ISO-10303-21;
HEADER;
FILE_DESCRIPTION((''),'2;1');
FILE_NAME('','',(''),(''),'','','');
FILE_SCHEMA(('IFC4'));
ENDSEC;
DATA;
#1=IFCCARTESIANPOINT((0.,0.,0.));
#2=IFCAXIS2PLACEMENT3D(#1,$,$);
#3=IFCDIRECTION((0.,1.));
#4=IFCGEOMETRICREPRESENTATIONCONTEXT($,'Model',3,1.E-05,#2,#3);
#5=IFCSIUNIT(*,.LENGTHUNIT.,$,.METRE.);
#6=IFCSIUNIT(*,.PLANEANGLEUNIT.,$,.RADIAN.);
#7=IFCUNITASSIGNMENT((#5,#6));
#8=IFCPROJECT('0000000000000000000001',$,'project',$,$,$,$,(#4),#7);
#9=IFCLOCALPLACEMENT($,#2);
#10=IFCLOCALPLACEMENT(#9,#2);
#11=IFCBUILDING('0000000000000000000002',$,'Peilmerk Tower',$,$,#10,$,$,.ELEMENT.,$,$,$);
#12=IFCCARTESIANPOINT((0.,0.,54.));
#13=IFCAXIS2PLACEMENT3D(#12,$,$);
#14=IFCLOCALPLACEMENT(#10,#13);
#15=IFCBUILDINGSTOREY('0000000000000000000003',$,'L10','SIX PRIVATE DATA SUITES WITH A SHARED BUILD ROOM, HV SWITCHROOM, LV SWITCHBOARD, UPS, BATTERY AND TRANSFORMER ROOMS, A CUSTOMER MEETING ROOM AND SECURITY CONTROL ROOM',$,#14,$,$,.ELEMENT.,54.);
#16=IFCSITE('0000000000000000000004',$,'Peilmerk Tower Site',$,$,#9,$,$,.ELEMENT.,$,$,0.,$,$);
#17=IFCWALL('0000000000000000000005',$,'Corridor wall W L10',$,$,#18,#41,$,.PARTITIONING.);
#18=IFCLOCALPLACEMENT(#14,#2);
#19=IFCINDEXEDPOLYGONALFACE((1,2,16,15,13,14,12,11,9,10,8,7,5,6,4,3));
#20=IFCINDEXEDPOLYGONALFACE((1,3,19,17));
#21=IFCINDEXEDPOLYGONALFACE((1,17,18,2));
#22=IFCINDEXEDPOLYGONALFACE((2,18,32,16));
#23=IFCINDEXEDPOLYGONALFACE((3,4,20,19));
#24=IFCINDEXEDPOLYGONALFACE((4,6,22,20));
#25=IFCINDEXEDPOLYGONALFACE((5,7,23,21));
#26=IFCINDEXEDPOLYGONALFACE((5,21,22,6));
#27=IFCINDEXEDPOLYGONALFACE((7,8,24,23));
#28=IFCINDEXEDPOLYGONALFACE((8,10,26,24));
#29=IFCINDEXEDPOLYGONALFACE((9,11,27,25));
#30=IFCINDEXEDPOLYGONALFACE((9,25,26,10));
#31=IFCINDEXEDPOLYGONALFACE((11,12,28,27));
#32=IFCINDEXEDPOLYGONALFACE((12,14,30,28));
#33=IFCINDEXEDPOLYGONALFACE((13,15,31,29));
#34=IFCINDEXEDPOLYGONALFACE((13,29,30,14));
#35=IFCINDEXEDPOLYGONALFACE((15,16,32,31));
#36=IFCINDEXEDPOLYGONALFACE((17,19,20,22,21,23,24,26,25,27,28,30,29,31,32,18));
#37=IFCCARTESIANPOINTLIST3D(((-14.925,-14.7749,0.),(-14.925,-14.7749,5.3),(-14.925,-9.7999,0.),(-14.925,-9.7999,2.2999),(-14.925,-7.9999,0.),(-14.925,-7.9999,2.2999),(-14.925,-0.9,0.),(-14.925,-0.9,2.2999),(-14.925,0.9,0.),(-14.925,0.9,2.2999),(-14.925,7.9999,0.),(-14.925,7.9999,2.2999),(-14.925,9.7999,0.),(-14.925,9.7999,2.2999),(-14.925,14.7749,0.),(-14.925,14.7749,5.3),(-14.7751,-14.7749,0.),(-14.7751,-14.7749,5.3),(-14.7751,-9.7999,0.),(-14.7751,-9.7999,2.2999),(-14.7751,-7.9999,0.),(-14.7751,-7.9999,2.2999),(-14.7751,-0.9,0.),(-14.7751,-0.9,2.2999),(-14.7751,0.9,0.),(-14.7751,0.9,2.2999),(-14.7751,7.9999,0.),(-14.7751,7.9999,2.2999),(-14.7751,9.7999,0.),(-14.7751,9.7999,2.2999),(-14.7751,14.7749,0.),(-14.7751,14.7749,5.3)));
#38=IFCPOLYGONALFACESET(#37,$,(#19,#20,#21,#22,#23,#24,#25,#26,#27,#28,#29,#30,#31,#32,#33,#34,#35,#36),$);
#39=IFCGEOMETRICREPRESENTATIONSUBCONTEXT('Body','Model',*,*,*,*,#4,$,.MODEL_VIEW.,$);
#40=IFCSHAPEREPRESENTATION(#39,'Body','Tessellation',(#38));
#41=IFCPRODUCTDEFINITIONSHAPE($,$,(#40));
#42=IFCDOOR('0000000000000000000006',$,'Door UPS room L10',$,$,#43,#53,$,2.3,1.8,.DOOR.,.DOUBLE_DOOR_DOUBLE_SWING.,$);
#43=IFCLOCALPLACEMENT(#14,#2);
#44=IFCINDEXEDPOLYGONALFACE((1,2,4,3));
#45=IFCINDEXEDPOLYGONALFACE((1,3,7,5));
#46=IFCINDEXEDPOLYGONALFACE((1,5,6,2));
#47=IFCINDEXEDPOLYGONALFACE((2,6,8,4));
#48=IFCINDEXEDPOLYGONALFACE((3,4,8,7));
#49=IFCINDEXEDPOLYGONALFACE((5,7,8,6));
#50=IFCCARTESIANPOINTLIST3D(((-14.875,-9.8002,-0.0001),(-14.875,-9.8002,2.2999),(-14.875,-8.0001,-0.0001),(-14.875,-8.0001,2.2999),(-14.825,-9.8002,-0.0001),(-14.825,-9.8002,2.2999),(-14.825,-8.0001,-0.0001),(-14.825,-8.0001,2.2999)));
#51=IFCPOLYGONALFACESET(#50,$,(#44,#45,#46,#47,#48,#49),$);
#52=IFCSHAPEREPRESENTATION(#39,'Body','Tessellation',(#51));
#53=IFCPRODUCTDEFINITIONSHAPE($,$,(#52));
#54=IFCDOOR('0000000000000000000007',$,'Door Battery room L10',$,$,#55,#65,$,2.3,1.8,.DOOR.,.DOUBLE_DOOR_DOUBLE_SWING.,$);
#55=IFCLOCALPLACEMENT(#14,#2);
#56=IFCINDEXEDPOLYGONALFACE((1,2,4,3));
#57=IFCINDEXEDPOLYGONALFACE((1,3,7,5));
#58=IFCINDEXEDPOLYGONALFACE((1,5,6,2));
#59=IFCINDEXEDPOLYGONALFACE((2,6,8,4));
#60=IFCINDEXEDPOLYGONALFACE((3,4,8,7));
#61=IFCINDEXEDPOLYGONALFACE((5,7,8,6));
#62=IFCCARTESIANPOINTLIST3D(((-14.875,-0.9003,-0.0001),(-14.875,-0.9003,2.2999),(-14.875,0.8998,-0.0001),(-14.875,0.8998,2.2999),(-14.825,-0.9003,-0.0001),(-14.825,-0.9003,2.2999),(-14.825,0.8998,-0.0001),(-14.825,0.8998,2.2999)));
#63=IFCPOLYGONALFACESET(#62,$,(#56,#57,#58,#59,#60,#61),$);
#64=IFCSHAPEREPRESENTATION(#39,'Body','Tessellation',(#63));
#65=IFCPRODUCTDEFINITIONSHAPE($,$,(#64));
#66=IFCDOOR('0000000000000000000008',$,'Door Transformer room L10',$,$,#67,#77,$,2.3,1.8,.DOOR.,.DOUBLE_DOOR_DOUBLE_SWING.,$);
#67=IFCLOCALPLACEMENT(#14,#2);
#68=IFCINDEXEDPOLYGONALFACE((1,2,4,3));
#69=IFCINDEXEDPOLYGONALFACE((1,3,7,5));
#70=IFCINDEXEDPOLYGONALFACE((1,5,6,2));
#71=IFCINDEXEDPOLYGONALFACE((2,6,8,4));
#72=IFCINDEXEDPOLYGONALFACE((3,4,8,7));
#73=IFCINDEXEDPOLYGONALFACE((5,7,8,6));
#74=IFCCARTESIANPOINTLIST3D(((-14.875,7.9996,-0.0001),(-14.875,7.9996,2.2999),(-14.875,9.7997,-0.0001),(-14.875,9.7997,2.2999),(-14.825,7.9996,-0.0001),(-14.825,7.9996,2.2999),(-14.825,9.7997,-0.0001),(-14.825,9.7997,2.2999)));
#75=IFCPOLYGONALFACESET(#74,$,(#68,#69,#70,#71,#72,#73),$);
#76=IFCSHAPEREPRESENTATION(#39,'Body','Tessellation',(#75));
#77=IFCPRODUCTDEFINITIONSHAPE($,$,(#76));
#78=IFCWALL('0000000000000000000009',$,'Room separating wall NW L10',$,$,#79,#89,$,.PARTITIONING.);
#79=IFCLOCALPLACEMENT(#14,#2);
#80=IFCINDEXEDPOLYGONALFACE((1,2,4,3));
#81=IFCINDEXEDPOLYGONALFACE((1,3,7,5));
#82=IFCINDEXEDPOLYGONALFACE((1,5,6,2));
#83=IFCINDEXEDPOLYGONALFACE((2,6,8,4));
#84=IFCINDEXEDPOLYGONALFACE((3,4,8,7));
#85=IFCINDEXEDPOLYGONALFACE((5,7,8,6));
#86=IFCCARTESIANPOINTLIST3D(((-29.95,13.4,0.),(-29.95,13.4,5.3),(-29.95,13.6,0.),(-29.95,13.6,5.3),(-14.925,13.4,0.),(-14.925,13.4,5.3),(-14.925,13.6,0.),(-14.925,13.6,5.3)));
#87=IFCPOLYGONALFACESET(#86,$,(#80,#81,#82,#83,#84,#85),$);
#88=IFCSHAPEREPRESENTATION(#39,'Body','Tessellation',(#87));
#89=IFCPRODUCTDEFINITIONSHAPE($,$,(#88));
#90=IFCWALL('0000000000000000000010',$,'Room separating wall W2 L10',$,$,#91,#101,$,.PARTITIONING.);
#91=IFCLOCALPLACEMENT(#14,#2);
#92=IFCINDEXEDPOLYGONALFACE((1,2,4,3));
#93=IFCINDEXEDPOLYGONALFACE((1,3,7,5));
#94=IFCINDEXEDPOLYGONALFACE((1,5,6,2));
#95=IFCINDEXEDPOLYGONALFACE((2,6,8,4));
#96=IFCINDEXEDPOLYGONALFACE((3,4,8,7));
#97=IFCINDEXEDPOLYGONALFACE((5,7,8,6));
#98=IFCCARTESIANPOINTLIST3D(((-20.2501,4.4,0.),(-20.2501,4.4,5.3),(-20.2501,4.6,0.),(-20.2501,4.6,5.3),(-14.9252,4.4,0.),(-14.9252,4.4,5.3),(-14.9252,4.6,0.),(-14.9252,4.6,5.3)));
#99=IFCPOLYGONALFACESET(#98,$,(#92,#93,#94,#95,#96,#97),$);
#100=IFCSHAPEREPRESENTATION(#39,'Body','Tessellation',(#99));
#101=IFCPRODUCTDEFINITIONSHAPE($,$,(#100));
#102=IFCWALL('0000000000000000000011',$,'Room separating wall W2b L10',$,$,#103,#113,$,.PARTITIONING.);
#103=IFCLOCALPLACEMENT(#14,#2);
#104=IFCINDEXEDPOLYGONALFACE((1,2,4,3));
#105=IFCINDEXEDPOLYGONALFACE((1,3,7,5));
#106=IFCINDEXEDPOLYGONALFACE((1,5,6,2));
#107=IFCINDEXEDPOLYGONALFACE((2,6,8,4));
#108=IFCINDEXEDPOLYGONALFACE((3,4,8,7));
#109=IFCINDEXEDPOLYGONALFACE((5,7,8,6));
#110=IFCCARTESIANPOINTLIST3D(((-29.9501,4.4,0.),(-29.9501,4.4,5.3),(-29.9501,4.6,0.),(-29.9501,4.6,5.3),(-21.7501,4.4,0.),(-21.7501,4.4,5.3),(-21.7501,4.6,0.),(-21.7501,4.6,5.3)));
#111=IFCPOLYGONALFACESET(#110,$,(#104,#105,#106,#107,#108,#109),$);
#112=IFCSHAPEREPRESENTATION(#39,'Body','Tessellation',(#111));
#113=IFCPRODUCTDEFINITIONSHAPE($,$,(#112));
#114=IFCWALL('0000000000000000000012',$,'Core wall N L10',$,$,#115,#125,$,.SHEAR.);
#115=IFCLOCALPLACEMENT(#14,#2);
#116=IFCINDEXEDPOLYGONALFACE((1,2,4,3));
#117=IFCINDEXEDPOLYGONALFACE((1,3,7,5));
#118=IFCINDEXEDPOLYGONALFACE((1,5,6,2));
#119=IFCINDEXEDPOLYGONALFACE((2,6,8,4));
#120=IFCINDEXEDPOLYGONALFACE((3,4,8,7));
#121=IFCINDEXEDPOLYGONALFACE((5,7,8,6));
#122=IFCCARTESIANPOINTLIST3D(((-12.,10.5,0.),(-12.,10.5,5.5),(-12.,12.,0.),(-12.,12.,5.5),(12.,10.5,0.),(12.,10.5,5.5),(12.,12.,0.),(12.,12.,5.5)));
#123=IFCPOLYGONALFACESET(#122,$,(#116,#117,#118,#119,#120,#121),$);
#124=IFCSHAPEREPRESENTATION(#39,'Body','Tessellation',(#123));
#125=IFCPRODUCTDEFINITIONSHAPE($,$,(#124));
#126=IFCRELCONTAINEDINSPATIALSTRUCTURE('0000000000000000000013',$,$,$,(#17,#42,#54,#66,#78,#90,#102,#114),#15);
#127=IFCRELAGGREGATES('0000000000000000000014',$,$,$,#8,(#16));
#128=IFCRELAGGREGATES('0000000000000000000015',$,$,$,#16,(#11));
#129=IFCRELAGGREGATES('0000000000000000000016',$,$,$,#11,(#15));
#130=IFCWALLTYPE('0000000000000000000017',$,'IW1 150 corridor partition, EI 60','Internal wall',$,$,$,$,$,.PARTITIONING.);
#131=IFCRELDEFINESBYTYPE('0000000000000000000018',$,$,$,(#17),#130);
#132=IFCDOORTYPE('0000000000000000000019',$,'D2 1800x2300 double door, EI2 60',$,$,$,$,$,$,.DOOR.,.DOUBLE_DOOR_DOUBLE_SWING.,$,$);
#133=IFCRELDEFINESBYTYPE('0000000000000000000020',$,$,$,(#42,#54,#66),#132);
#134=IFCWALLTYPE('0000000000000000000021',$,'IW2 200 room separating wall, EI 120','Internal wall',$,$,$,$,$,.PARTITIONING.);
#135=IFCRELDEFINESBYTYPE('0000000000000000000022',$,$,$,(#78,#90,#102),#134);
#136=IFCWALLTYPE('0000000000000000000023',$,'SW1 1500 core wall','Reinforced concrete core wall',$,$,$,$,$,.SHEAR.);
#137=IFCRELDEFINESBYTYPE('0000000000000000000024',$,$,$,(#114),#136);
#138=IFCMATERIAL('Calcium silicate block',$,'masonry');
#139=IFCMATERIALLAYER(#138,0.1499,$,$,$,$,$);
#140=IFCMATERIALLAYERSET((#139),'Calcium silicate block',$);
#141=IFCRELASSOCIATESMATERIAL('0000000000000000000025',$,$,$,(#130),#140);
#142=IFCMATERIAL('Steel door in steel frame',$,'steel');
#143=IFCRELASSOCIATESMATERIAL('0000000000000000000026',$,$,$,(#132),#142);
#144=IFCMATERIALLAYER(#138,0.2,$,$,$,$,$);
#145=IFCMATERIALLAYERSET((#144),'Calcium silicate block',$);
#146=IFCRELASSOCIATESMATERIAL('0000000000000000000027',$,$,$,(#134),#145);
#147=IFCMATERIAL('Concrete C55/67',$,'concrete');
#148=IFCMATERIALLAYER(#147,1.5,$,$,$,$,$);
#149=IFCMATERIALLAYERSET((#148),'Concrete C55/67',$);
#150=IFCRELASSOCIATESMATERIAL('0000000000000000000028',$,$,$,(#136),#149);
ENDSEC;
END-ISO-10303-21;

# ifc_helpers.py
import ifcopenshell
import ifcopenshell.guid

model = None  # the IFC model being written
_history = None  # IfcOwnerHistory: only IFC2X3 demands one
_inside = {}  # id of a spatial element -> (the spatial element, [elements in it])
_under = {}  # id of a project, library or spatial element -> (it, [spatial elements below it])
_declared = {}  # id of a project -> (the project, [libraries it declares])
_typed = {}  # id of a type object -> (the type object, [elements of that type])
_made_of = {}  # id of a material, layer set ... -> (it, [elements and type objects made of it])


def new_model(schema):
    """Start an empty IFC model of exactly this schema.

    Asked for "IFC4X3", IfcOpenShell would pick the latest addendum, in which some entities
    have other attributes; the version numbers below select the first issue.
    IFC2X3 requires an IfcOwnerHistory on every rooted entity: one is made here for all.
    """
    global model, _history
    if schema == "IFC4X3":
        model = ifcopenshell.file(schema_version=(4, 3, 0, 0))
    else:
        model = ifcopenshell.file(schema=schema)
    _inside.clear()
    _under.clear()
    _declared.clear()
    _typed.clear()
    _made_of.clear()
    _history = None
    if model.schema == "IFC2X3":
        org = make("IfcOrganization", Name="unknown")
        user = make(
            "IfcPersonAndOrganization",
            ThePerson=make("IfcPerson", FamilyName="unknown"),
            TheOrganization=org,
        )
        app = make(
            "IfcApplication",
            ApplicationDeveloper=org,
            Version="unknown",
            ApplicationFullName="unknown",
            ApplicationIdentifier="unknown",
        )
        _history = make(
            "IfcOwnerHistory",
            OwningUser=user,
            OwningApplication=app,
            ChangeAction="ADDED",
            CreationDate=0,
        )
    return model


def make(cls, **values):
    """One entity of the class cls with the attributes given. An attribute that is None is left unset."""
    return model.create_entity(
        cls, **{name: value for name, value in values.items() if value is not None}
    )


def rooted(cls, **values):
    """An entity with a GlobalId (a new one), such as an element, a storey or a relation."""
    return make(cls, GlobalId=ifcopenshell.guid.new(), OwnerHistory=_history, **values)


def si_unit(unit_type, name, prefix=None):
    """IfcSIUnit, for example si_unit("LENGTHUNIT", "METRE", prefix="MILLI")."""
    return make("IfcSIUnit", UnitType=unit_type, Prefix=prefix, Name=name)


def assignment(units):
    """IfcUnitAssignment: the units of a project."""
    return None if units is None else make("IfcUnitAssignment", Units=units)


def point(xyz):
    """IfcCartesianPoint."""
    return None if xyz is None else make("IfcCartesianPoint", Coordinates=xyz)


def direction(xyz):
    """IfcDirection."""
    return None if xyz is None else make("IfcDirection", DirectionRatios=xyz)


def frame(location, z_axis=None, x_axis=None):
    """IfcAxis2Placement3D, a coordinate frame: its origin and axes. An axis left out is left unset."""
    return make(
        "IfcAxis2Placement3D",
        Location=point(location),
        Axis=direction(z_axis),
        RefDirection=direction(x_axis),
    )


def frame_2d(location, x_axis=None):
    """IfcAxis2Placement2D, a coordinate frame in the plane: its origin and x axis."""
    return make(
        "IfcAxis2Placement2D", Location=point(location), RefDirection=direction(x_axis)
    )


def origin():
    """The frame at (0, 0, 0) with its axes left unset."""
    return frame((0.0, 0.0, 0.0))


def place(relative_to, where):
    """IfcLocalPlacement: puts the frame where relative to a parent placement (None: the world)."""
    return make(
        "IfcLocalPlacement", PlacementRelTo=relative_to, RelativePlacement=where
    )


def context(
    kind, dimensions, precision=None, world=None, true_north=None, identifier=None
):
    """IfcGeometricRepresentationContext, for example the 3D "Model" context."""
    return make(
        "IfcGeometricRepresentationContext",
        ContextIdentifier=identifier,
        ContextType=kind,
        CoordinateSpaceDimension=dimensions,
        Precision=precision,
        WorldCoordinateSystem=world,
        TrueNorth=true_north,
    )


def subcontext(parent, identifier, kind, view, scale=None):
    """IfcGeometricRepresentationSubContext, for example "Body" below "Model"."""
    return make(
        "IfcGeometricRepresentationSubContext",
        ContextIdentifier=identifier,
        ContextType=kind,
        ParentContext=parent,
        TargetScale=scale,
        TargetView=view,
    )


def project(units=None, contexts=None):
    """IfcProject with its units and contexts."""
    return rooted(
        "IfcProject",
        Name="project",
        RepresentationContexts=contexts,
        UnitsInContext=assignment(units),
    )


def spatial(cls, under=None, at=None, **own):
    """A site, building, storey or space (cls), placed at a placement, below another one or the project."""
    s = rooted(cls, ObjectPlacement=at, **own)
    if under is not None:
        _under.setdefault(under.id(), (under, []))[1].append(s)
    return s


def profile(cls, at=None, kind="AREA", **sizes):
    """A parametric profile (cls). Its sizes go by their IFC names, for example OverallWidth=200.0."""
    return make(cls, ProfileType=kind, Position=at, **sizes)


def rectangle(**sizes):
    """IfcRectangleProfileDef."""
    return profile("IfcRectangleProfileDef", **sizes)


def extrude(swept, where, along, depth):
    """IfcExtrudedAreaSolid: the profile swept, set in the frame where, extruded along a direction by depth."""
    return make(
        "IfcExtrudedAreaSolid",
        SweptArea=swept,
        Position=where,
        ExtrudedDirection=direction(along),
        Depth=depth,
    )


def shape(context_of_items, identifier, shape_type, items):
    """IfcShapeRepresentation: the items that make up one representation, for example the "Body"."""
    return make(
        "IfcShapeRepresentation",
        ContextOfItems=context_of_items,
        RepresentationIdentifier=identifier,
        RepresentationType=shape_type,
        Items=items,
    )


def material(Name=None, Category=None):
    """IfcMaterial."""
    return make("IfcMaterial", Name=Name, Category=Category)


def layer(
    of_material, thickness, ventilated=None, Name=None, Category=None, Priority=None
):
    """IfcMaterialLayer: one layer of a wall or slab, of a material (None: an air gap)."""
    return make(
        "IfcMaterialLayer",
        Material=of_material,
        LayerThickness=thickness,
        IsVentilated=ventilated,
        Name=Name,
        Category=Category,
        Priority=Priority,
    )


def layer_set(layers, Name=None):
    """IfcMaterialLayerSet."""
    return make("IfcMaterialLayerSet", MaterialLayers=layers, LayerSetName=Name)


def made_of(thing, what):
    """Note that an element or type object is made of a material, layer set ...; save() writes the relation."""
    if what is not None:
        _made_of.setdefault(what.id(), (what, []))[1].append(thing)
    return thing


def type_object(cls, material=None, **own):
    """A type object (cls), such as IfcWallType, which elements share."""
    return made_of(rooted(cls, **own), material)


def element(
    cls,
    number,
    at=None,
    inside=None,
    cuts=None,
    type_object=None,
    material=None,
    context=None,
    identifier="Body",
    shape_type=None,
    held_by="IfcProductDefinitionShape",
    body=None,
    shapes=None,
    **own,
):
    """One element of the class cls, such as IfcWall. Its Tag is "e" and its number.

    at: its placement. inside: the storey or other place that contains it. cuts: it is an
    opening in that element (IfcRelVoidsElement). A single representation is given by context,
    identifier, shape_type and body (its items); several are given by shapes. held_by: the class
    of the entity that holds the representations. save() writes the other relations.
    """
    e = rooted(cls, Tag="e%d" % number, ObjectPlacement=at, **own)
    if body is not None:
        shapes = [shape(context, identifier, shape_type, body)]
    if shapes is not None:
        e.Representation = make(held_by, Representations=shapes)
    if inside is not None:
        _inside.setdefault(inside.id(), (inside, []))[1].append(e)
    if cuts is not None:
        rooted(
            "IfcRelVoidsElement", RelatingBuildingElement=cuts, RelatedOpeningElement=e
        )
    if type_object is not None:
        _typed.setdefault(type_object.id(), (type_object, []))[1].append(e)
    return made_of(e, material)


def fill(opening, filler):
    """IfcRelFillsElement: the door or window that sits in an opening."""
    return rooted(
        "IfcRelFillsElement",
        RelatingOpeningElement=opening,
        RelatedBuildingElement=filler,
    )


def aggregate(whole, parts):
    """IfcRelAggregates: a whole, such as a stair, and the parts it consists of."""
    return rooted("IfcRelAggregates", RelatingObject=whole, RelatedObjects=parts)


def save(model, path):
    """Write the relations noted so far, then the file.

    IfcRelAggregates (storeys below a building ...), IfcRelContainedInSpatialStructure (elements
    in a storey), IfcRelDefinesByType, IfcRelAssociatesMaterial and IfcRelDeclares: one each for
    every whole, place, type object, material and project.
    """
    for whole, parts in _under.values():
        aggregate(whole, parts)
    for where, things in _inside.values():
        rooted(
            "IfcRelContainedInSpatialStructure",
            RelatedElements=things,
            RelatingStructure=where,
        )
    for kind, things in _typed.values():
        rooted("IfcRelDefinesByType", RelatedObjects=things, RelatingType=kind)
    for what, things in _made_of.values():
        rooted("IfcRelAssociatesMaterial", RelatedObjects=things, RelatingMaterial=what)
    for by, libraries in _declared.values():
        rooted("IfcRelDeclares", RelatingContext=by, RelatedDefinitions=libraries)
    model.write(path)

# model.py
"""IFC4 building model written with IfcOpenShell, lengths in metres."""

from ifc_helpers import new_model, si_unit, direction, frame, frame_2d, origin, place, context, subcontext, project, spatial, rectangle, extrude, material, layer, layer_set, type_object, element, fill, save


model = new_model("IFC4")

# Units and contexts
model_context = context("Model", 3, precision=1e-05, world=origin(), true_north=direction((0.0, 1.0)))
body_context = subcontext(model_context, "Body", "Model", "MODEL_VIEW")
ifc_project = project(units=[si_unit("LENGTHUNIT", "METRE"), si_unit("PLANEANGLEUNIT", "RADIAN")], contexts=[model_context])

# Site, building, storey
site_placement = place(None, origin())
site = spatial("IfcSite", under=ifc_project, at=site_placement, Name="Peilmerk Tower Site", CompositionType="ELEMENT", RefElevation=0.0)
building_placement = place(site_placement, origin())
building = spatial("IfcBuilding", under=site, at=building_placement, Name="Peilmerk Tower", CompositionType="ELEMENT")
storey_placement = place(building_placement, frame((0.0, 0.0, 54.0)))
storey = spatial("IfcBuildingStorey", under=building, at=storey_placement, Name="L10", Description="SIX PRIVATE DATA SUITES WITH A SHARED BUILD ROOM, HV SWITCHROOM, LV SWITCHBOARD, UPS, BATTERY AND TRANSFORMER ROOMS, A CUSTOMER MEETING ROOM AND SECURITY CONTROL ROOM", CompositionType="ELEMENT", Elevation=54.0)

# Wall, openings, doors
ifc_material_1 = material(Name="Calcium silicate block", Category="masonry")
ifc_layer_1 = layer(ifc_material_1, 0.1499)
ifc_layer_set_1 = layer_set([ifc_layer_1], Name="Calcium silicate block")
wall_type_1 = type_object("IfcWallType", Name="IW1 150 corridor partition, EI 60", Description="Internal wall", PredefinedType="PARTITIONING", material=ifc_layer_set_1)
ifc_material_2 = material(Name="Steel door in steel frame", Category="steel")
door_type_1 = type_object("IfcDoorType", Name="D2 1800x2300 double door, EI2 60", OperationType="DOUBLE_DOOR_DOUBLE_SWING", PredefinedType="DOOR", material=ifc_material_2)
wall_1_placement = place(storey_placement, frame((-14.8501, 14.7749, 0.0), z_axis=(0.0, 0.0, 1.0), x_axis=(0.0, -1.0, 0.0)))
wall_1 = element("IfcWall", 1, at=wall_1_placement, inside=storey, type_object=wall_type_1, Name="Corridor wall W L10", PredefinedType="PARTITIONING", context=body_context, shape_type="SweptSolid", body=[
    extrude(rectangle(XDim=29.5498, YDim=0.1499, at=frame_2d((14.7749, 0.0))), origin(), (0.0, 0.0, 1.0), 5.3),
])
opening_1_placement = place(wall_1_placement, frame((22.7749, 0.0, 0.0)))
opening_1 = element("IfcOpeningElement", 2, at=opening_1_placement, cuts=wall_1, PredefinedType="OPENING", context=body_context, shape_type="SweptSolid", body=[
    extrude(rectangle(XDim=1.8, YDim=2.3, at=frame_2d((0.8999, 1.1499))), frame((0.0, 0.085, 0.0), z_axis=(0.0, -1.0, 0.0), x_axis=(1.0, 0.0, 0.0)), (0.0, 0.0, 1.0), 0.1699),
])
opening_2_placement = place(wall_1_placement, frame((13.875, 0.0, 0.0)))
opening_2 = element("IfcOpeningElement", 3, at=opening_2_placement, cuts=wall_1, PredefinedType="OPENING", context=body_context, shape_type="SweptSolid", body=[
    extrude(rectangle(XDim=1.8, YDim=2.3, at=frame_2d((0.8999, 1.1499))), frame((0.0, 0.085, 0.0), z_axis=(0.0, -1.0, 0.0), x_axis=(1.0, 0.0, 0.0)), (0.0, 0.0, 1.0), 0.1699),
])
opening_3_placement = place(wall_1_placement, frame((4.9751, 0.0, 0.0)))
opening_3 = element("IfcOpeningElement", 4, at=opening_3_placement, cuts=wall_1, PredefinedType="OPENING", context=body_context, shape_type="SweptSolid", body=[
    extrude(rectangle(XDim=1.8, YDim=2.3, at=frame_2d((0.8999, 1.1499))), frame((0.0, 0.085, 0.0), z_axis=(0.0, -1.0, 0.0), x_axis=(1.0, 0.0, 0.0)), (0.0, 0.0, 1.0), 0.1699),
])
door_1_placement = place(opening_1_placement, frame((1.8, 0.0, 0.0), z_axis=(0.0, 0.0, 1.0), x_axis=(-1.0, 0.0, 0.0)))
door_1 = element("IfcDoor", 5, at=door_1_placement, inside=storey, type_object=door_type_1, Name="Door UPS room L10", OperationType="DOUBLE_DOOR_DOUBLE_SWING", OverallHeight=2.3, OverallWidth=1.8, PredefinedType="DOOR", context=body_context, shape_type="SweptSolid", body=[
    extrude(rectangle(XDim=1.8, YDim=2.3, at=frame_2d((0.8999, 1.1499))), frame((0.0, 0.0249, 0.0), z_axis=(0.0, -1.0, 0.0), x_axis=(1.0, 0.0, 0.0)), (0.0, 0.0, 1.0), 0.05),
])
fill(opening_1, door_1)
door_2_placement = place(opening_2_placement, frame((1.8, 0.0, 0.0), z_axis=(0.0, 0.0, 1.0), x_axis=(-1.0, 0.0, 0.0)))
door_2 = element("IfcDoor", 6, at=door_2_placement, inside=storey, type_object=door_type_1, Name="Door Battery room L10", OperationType="DOUBLE_DOOR_DOUBLE_SWING", OverallHeight=2.3, OverallWidth=1.8, PredefinedType="DOOR", context=body_context, shape_type="SweptSolid", body=[
    extrude(rectangle(XDim=1.8, YDim=2.3, at=frame_2d((0.8999, 1.1499))), frame((0.0, 0.0249, 0.0), z_axis=(0.0, -1.0, 0.0), x_axis=(1.0, 0.0, 0.0)), (0.0, 0.0, 1.0), 0.05),
])
fill(opening_2, door_2)
door_3_placement = place(opening_3_placement, frame((1.8, 0.0, 0.0), z_axis=(0.0, 0.0, 1.0), x_axis=(-1.0, 0.0, 0.0)))
door_3 = element("IfcDoor", 7, at=door_3_placement, inside=storey, type_object=door_type_1, Name="Door Transformer room L10", OperationType="DOUBLE_DOOR_DOUBLE_SWING", OverallHeight=2.3, OverallWidth=1.8, PredefinedType="DOOR", context=body_context, shape_type="SweptSolid", body=[
    extrude(rectangle(XDim=1.8, YDim=2.3, at=frame_2d((0.8999, 1.1499))), frame((0.0, 0.0249, 0.0), z_axis=(0.0, -1.0, 0.0), x_axis=(1.0, 0.0, 0.0)), (0.0, 0.0, 1.0), 0.05),
])
fill(opening_3, door_3)

# Walls
ifc_layer_2 = layer(ifc_material_1, 0.2)
ifc_layer_set_2 = layer_set([ifc_layer_2], Name="Calcium silicate block")
wall_type_2 = type_object("IfcWallType", Name="IW2 200 room separating wall, EI 120", Description="Internal wall", PredefinedType="PARTITIONING", material=ifc_layer_set_2)
wall_2_placement = place(storey_placement, frame((-29.95, 13.5, 0.0), z_axis=(0.0, 0.0, 1.0), x_axis=(1.0, 0.0, 0.0)))
element("IfcWall", 8, at=wall_2_placement, inside=storey, type_object=wall_type_2, Name="Room separating wall NW L10", PredefinedType="PARTITIONING", context=body_context, shape_type="SweptSolid", body=[
    extrude(rectangle(XDim=15.0249, YDim=0.2, at=frame_2d((7.5125, 0.0))), origin(), (0.0, 0.0, 1.0), 5.3),
])
wall_3_placement = place(storey_placement, frame((-14.925, 4.5, 0.0), z_axis=(0.0, 0.0, 1.0), x_axis=(-1.0, 0.0, 0.0)))
element("IfcWall", 9, at=wall_3_placement, inside=storey, type_object=wall_type_2, Name="Room separating wall W2 L10", PredefinedType="PARTITIONING", context=body_context, shape_type="SweptSolid", body=[
    extrude(rectangle(XDim=5.325, YDim=0.2, at=frame_2d((2.6626, 0.0))), origin(), (0.0, 0.0, 1.0), 5.3),
])
wall_4_placement = place(storey_placement, frame((-21.75, 4.5, 0.0), z_axis=(0.0, 0.0, 1.0), x_axis=(-1.0, 0.0, 0.0)))
element("IfcWall", 10, at=wall_4_placement, inside=storey, type_object=wall_type_2, Name="Room separating wall W2b L10", PredefinedType="PARTITIONING", context=body_context, shape_type="SweptSolid", body=[
    extrude(rectangle(XDim=8.2, YDim=0.2, at=frame_2d((4.1001, 0.0))), origin(), (0.0, 0.0, 1.0), 5.3),
])
ifc_material_3 = material(Name="Concrete C55/67", Category="concrete")
ifc_layer_3 = layer(ifc_material_3, 1.5)
ifc_layer_set_3 = layer_set([ifc_layer_3], Name="Concrete C55/67")
wall_type_3 = type_object("IfcWallType", Name="SW1 1500 core wall", Description="Reinforced concrete core wall", PredefinedType="SHEAR", material=ifc_layer_set_3)
wall_5_placement = place(storey_placement, frame((-12.0, 11.25, 0.0), z_axis=(0.0, 0.0, 1.0), x_axis=(1.0, 0.0, 0.0)))
element("IfcWall", 11, at=wall_5_placement, inside=storey, type_object=wall_type_3, Name="Core wall N L10", PredefinedType="SHEAR", context=body_context, shape_type="SweptSolid", body=[
    extrude(rectangle(XDim=24.0, YDim=1.5, at=frame_2d((12.0, 0.0))), origin(), (0.0, 0.0, 1.0), 5.5),
])

save(model, "model.ifc")
